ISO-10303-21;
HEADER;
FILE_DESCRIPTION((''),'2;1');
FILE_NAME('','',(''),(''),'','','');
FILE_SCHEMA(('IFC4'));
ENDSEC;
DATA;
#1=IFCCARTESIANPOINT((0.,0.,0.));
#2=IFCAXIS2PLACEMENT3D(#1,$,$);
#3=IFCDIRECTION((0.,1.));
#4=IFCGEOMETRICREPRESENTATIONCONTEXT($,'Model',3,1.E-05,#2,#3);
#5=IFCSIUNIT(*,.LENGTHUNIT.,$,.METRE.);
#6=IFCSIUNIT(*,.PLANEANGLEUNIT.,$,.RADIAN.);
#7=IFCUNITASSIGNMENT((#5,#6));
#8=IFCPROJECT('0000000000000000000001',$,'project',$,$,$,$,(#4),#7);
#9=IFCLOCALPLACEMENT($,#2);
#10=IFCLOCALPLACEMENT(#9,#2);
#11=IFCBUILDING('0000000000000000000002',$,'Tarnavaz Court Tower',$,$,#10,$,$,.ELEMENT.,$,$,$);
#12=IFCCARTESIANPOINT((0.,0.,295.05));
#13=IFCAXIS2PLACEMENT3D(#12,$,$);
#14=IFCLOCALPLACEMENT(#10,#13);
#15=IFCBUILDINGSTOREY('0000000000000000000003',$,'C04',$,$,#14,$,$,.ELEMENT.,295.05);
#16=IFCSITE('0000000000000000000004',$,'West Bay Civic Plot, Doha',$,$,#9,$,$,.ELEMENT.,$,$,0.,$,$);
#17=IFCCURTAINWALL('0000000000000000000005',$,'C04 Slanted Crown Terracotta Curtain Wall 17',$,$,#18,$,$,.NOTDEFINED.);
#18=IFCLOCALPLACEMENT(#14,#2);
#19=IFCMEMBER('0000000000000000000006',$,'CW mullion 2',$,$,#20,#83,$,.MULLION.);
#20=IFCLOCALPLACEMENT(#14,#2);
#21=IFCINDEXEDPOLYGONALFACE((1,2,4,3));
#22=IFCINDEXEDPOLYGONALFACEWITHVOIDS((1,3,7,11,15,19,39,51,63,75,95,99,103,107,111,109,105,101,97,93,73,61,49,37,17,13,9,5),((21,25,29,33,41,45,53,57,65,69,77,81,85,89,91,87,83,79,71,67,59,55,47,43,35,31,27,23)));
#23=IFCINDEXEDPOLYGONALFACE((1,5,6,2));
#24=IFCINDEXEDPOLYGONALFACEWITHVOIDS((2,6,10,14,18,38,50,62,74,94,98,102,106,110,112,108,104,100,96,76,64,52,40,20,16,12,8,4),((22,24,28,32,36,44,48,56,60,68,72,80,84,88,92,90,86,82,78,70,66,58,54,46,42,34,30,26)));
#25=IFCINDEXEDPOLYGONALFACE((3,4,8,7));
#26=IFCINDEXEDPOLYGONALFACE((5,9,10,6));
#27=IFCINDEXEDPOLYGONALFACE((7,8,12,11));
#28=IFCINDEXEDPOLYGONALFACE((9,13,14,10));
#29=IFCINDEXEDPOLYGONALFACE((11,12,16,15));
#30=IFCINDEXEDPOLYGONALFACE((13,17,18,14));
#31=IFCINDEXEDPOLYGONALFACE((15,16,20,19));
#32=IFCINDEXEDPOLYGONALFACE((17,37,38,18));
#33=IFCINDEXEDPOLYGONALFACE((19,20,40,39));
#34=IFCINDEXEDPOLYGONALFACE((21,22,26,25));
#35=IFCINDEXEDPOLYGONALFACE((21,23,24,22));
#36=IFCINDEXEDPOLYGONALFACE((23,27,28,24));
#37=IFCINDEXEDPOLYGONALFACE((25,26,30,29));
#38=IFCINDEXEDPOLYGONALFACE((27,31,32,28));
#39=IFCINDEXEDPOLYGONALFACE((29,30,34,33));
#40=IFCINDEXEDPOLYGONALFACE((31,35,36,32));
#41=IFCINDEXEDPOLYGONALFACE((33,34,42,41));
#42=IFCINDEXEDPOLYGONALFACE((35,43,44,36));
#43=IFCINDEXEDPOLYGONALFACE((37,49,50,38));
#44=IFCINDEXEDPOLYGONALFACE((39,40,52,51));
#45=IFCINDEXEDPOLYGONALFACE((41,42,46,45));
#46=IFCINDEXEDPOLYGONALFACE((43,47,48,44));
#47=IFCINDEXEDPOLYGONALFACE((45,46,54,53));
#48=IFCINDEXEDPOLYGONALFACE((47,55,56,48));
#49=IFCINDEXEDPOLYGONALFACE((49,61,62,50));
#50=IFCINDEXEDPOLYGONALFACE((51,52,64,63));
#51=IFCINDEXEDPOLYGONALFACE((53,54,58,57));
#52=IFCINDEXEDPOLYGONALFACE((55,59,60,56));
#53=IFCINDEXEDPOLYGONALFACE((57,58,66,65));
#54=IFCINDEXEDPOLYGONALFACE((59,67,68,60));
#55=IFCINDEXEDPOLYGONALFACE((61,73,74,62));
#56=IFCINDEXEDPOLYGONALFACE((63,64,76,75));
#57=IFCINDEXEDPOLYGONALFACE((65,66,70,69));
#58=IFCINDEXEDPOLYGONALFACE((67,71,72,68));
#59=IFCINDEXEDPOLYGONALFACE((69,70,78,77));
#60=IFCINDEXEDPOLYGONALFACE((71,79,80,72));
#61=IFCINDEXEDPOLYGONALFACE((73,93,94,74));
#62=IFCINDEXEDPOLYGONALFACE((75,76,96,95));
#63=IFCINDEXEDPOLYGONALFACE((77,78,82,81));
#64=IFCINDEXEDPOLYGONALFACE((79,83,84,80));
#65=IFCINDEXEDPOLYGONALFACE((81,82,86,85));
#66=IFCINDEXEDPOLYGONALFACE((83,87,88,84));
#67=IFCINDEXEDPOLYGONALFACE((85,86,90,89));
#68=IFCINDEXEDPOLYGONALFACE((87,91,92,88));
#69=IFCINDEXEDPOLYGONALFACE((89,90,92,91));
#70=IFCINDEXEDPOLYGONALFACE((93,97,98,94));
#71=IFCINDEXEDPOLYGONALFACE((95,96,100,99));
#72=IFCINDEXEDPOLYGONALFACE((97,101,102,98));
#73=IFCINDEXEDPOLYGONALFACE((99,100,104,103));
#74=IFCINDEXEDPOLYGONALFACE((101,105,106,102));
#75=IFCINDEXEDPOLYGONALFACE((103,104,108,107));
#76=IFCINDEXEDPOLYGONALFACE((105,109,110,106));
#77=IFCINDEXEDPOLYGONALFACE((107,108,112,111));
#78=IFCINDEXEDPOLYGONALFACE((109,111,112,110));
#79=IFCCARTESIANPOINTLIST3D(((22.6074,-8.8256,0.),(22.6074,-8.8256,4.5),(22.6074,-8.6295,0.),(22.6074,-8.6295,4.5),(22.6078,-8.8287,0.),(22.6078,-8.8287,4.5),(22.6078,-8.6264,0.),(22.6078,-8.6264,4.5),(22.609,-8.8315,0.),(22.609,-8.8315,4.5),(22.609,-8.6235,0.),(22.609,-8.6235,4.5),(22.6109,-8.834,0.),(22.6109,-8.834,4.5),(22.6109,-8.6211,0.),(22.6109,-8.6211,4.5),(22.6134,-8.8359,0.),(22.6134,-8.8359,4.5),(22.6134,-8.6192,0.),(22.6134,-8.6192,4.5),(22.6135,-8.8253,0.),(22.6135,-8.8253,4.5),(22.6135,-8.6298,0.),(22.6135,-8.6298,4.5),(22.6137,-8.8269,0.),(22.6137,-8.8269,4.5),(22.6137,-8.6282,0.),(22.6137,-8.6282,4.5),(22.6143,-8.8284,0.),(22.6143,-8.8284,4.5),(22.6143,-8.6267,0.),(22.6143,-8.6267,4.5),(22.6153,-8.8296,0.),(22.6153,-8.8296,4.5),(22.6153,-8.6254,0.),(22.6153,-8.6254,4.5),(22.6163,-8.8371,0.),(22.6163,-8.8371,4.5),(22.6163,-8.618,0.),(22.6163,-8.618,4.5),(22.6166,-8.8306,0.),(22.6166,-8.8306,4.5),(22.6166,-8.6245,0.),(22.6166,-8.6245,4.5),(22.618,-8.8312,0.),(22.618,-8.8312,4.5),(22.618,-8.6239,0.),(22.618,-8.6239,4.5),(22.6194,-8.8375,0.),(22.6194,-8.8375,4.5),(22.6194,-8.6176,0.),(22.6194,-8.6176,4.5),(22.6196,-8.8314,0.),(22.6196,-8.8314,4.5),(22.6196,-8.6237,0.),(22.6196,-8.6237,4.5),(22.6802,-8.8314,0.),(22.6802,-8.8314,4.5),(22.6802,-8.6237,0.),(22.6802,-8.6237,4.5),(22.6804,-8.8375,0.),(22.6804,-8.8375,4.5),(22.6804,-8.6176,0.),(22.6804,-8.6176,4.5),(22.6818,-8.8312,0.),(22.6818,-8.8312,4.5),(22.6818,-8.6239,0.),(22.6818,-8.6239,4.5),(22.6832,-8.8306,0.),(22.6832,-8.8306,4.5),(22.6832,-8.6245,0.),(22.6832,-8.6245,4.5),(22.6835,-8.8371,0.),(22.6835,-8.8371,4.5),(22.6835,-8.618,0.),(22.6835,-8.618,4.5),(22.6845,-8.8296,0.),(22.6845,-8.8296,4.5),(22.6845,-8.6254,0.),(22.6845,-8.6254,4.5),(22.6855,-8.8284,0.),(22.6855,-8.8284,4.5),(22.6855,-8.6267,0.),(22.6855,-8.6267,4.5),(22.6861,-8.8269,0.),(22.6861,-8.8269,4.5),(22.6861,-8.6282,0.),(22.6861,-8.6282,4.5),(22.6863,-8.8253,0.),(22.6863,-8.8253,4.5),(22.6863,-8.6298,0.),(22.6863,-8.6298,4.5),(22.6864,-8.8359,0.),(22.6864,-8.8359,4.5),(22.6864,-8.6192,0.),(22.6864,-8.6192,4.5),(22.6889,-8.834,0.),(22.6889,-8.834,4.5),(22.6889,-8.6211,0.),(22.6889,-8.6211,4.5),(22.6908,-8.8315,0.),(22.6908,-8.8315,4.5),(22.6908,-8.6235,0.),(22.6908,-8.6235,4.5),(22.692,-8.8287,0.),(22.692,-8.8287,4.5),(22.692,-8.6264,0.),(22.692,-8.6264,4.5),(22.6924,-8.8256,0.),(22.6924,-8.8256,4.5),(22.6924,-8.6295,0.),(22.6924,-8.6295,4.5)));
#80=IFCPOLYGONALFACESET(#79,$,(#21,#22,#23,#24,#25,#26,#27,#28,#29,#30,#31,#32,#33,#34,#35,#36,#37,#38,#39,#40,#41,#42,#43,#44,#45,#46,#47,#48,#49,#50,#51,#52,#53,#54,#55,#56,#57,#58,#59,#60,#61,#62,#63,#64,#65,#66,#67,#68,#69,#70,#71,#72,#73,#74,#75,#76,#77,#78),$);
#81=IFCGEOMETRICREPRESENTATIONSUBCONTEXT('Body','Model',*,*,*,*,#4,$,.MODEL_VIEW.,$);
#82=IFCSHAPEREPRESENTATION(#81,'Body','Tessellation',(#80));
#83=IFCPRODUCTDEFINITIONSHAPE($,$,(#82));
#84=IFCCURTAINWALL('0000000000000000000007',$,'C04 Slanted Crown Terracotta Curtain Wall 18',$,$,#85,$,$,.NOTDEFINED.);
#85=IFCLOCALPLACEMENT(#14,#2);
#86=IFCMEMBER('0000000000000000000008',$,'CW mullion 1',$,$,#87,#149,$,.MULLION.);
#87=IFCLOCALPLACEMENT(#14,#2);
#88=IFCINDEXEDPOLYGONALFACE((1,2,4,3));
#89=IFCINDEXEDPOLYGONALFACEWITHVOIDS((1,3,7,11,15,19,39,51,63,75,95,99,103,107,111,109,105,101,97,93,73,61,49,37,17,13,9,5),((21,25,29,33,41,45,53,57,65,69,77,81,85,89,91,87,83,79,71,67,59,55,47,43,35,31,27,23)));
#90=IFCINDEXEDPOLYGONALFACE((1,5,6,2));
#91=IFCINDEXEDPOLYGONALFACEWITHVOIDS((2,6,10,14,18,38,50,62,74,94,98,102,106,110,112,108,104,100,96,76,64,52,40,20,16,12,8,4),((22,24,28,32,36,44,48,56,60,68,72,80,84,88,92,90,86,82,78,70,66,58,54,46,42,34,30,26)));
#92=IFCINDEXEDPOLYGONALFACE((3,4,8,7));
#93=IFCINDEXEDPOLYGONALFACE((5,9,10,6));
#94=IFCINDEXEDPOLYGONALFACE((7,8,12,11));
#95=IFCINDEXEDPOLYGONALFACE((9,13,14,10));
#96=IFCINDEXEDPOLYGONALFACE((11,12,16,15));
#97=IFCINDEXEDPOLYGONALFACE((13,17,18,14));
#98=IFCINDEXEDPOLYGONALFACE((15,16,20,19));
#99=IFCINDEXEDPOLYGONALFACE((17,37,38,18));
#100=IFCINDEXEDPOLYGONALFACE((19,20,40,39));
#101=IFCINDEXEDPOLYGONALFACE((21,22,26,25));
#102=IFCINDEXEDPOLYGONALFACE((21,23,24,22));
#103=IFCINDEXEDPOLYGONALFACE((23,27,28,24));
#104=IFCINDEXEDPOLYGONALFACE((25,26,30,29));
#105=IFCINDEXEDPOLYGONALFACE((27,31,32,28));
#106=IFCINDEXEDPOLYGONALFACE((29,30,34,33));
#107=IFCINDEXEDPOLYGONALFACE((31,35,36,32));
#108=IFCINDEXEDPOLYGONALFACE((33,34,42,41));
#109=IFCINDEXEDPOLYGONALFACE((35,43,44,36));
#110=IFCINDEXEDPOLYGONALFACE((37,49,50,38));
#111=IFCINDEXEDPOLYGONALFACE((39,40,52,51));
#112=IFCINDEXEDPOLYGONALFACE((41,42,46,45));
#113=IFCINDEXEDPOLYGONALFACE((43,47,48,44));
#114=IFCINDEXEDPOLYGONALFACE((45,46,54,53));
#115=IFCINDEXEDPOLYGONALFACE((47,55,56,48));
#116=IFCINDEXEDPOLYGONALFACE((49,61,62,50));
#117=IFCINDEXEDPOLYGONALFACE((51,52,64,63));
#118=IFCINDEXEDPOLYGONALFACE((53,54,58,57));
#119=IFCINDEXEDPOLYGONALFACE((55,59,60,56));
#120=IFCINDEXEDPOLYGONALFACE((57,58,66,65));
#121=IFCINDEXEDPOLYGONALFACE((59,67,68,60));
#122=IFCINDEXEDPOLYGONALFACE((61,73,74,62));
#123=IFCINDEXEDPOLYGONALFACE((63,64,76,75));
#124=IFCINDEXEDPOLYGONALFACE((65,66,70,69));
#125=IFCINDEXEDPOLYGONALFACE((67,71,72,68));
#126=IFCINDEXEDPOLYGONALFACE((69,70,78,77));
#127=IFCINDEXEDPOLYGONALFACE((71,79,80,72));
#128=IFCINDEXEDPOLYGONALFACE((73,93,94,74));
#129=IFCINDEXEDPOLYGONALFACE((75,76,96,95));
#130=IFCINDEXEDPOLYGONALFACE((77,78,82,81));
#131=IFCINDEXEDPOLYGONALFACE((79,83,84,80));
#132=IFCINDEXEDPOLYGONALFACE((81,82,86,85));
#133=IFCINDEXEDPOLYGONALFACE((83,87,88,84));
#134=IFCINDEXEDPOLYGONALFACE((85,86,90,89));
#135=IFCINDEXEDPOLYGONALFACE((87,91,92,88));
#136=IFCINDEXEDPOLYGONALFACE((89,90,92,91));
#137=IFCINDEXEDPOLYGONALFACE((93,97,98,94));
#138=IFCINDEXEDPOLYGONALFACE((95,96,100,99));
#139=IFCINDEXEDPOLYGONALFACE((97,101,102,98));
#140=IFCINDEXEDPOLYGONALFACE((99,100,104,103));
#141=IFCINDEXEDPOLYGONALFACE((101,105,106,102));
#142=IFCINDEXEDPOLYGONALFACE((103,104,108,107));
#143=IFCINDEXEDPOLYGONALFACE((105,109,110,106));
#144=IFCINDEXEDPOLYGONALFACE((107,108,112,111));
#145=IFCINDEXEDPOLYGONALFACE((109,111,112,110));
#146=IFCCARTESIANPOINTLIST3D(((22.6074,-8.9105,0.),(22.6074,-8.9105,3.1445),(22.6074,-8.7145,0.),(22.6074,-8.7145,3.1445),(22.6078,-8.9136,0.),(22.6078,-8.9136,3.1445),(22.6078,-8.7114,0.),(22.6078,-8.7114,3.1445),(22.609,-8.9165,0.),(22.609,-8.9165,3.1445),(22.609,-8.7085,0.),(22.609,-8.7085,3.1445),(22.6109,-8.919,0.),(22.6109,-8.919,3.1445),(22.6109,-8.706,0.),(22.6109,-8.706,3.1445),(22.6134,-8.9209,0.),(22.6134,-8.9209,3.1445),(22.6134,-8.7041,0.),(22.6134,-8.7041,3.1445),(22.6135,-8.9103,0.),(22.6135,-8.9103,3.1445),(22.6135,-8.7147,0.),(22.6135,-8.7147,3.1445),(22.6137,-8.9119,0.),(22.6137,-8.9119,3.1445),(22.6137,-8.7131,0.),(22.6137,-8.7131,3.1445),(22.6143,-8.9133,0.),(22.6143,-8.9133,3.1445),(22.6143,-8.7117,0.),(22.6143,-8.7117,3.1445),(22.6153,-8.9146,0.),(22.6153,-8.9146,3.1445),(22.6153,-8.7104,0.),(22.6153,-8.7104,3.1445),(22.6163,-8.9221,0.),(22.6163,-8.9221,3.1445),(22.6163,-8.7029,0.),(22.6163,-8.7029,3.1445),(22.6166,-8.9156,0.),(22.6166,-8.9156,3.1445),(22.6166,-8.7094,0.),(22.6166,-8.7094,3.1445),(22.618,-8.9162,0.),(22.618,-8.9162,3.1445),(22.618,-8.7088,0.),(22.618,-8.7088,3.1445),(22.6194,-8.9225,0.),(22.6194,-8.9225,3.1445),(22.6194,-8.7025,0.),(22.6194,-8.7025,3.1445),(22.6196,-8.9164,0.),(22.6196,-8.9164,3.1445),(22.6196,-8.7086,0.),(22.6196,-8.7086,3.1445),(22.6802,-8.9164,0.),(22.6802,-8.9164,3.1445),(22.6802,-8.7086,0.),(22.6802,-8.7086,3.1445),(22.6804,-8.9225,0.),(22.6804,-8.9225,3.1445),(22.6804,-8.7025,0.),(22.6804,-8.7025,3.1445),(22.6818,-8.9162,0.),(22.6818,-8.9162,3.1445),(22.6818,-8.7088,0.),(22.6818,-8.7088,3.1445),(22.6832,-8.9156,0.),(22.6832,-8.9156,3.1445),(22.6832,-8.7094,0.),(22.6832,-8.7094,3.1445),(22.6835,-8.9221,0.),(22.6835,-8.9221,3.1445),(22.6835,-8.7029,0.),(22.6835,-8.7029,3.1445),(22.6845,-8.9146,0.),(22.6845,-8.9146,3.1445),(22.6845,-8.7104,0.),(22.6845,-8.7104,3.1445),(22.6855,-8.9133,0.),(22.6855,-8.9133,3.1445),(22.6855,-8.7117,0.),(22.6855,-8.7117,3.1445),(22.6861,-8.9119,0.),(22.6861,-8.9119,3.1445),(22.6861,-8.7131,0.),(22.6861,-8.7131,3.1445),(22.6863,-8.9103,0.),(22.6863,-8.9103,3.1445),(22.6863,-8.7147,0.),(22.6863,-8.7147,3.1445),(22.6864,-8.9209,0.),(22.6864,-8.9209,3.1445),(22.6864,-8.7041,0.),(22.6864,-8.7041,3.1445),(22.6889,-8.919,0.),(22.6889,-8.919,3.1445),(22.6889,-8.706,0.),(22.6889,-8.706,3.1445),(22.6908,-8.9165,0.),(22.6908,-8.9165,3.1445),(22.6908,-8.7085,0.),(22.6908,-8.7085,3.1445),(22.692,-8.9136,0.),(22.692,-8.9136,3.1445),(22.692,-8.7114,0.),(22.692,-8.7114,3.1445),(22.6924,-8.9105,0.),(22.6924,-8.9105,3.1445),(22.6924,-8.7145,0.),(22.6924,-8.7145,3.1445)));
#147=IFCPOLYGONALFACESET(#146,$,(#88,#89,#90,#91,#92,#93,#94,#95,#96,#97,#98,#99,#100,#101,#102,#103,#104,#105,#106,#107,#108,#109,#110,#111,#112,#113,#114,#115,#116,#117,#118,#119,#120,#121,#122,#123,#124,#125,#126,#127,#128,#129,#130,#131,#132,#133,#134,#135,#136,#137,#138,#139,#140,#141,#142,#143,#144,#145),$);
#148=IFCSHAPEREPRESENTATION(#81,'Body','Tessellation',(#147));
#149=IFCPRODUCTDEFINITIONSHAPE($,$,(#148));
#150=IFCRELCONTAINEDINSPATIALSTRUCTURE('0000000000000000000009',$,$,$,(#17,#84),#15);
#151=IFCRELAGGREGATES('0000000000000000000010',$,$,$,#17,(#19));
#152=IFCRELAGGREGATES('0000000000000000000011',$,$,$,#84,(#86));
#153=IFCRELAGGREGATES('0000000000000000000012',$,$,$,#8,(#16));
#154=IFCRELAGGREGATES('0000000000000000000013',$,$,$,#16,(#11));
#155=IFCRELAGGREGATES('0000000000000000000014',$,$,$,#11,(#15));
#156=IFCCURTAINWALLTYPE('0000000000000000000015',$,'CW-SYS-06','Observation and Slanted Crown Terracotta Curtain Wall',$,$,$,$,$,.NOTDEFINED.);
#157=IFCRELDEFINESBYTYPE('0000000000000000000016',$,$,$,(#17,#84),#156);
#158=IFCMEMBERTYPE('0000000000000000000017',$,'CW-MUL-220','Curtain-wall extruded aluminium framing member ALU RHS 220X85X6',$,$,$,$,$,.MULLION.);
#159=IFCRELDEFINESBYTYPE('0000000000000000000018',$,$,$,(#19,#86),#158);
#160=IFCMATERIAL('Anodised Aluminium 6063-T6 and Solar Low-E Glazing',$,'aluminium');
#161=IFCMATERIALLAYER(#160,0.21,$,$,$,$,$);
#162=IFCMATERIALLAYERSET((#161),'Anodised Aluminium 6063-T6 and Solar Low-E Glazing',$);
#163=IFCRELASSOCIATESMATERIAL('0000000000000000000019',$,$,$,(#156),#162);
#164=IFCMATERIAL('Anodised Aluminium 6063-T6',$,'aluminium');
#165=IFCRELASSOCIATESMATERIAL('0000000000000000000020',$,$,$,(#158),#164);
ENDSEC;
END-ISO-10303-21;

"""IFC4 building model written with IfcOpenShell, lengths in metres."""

from ifc_helpers import new_model, si_unit, direction, frame, origin, origin_2d, place, context, subcontext, project, spatial, hollow_rectangle, extrude, material, layer, layer_set, material_profile, profile_set, type_object, element, aggregate, save


model = new_model("IFC4")

# Units and contexts
model_context = context("Model", 3, precision=1e-05, world=origin(), true_north=direction((0.0, 1.0)))
body_context = subcontext(model_context, "Body", "Model", "MODEL_VIEW")
ifc_project = project(units=[si_unit("LENGTHUNIT", "METRE"), si_unit("PLANEANGLEUNIT", "RADIAN")], contexts=[model_context])

# Site, building, storey
site_placement = place(None, origin())
site = spatial("IfcSite", under=ifc_project, at=site_placement, Name="West Bay Civic Plot, Doha", CompositionType="ELEMENT", RefElevation=0.0)
building_placement = place(site_placement, origin())
building = spatial("IfcBuilding", under=site, at=building_placement, Name="Tarnavaz Court Tower", CompositionType="ELEMENT")
storey_placement = place(building_placement, frame((0.0, 0.0, 295.05)))
storey = spatial("IfcBuildingStorey", under=building, at=storey_placement, Name="C04", CompositionType="ELEMENT", Elevation=295.05)

# Curtain wall, member
ifc_material_1 = material(Name="Anodised Aluminium 6063-T6 and Solar Low-E Glazing", Category="aluminium")
ifc_layer_1 = layer(ifc_material_1, 0.21)
ifc_layer_set_1 = layer_set([ifc_layer_1], Name="Anodised Aluminium 6063-T6 and Solar Low-E Glazing")
curtain_wall_type = type_object("IfcCurtainWallType", Name="CW-SYS-06", Description="Observation and Slanted Crown Terracotta Curtain Wall", PredefinedType="NOTDEFINED", material=ifc_layer_set_1)
curtain_wall_1_placement = place(storey_placement, origin())
curtain_wall_1 = element("IfcCurtainWall", 1, at=curtain_wall_1_placement, inside=storey, type_object=curtain_wall_type, Name="C04 Slanted Crown Terracotta Curtain Wall 17", PredefinedType="NOTDEFINED")
ifc_material_2 = material(Name="Anodised Aluminium 6063-T6", Category="aluminium")
ifc_material_profile_1 = material_profile(ifc_material_2, hollow_rectangle(XDim=0.085, YDim=0.22, WallThickness=0.0061, InnerFilletRadius=0.0061, OuterFilletRadius=0.012, at=origin_2d()), Name="ALU RHS 220X85X6")
ifc_profile_set_1 = profile_set([ifc_material_profile_1], Name="Anodised Aluminium 6063-T6")
member_type_1 = type_object("IfcMemberType", Name="CW-MUL-220", Description="Curtain-wall extruded aluminium framing member ALU RHS 220X85X6", PredefinedType="MULLION", material=ifc_profile_set_1)
member_1_placement = place(storey_placement, frame((22.6499, -8.7275, 0.0), z_axis=(0.0, 0.0, 1.0), x_axis=(1.0, 0.0, 0.0)))
member_1 = element("IfcMember", 2, at=member_1_placement, type_object=member_type_1, Name="CW mullion 2", PredefinedType="MULLION", context=body_context, shape_type="SweptSolid", body=[
    extrude(hollow_rectangle(XDim=0.085, YDim=0.22, WallThickness=0.0061, InnerFilletRadius=0.0061, OuterFilletRadius=0.012, at=origin_2d()), origin(), (0.0, 0.0, 1.0), 4.5),
])

# Curtain wall, member
curtain_wall_2_placement = place(storey_placement, origin())
curtain_wall_2 = element("IfcCurtainWall", 3, at=curtain_wall_2_placement, inside=storey, type_object=curtain_wall_type, Name="C04 Slanted Crown Terracotta Curtain Wall 18", PredefinedType="NOTDEFINED")
member_2_placement = place(storey_placement, frame((22.6499, -8.8125, 0.0), z_axis=(0.0, 0.0, 1.0), x_axis=(1.0, 0.0, 0.0)))
member_2 = element("IfcMember", 4, at=member_2_placement, type_object=member_type_1, Name="CW mullion 1", PredefinedType="MULLION", context=body_context, shape_type="SweptSolid", body=[
    extrude(hollow_rectangle(XDim=0.085, YDim=0.22, WallThickness=0.0061, InnerFilletRadius=0.0061, OuterFilletRadius=0.012, at=origin_2d()), origin(), (0.0, 0.0, 1.0), 3.1445),
])

aggregate(curtain_wall_1, [member_1])
aggregate(curtain_wall_2, [member_2])

save(model, "model.ifc")
